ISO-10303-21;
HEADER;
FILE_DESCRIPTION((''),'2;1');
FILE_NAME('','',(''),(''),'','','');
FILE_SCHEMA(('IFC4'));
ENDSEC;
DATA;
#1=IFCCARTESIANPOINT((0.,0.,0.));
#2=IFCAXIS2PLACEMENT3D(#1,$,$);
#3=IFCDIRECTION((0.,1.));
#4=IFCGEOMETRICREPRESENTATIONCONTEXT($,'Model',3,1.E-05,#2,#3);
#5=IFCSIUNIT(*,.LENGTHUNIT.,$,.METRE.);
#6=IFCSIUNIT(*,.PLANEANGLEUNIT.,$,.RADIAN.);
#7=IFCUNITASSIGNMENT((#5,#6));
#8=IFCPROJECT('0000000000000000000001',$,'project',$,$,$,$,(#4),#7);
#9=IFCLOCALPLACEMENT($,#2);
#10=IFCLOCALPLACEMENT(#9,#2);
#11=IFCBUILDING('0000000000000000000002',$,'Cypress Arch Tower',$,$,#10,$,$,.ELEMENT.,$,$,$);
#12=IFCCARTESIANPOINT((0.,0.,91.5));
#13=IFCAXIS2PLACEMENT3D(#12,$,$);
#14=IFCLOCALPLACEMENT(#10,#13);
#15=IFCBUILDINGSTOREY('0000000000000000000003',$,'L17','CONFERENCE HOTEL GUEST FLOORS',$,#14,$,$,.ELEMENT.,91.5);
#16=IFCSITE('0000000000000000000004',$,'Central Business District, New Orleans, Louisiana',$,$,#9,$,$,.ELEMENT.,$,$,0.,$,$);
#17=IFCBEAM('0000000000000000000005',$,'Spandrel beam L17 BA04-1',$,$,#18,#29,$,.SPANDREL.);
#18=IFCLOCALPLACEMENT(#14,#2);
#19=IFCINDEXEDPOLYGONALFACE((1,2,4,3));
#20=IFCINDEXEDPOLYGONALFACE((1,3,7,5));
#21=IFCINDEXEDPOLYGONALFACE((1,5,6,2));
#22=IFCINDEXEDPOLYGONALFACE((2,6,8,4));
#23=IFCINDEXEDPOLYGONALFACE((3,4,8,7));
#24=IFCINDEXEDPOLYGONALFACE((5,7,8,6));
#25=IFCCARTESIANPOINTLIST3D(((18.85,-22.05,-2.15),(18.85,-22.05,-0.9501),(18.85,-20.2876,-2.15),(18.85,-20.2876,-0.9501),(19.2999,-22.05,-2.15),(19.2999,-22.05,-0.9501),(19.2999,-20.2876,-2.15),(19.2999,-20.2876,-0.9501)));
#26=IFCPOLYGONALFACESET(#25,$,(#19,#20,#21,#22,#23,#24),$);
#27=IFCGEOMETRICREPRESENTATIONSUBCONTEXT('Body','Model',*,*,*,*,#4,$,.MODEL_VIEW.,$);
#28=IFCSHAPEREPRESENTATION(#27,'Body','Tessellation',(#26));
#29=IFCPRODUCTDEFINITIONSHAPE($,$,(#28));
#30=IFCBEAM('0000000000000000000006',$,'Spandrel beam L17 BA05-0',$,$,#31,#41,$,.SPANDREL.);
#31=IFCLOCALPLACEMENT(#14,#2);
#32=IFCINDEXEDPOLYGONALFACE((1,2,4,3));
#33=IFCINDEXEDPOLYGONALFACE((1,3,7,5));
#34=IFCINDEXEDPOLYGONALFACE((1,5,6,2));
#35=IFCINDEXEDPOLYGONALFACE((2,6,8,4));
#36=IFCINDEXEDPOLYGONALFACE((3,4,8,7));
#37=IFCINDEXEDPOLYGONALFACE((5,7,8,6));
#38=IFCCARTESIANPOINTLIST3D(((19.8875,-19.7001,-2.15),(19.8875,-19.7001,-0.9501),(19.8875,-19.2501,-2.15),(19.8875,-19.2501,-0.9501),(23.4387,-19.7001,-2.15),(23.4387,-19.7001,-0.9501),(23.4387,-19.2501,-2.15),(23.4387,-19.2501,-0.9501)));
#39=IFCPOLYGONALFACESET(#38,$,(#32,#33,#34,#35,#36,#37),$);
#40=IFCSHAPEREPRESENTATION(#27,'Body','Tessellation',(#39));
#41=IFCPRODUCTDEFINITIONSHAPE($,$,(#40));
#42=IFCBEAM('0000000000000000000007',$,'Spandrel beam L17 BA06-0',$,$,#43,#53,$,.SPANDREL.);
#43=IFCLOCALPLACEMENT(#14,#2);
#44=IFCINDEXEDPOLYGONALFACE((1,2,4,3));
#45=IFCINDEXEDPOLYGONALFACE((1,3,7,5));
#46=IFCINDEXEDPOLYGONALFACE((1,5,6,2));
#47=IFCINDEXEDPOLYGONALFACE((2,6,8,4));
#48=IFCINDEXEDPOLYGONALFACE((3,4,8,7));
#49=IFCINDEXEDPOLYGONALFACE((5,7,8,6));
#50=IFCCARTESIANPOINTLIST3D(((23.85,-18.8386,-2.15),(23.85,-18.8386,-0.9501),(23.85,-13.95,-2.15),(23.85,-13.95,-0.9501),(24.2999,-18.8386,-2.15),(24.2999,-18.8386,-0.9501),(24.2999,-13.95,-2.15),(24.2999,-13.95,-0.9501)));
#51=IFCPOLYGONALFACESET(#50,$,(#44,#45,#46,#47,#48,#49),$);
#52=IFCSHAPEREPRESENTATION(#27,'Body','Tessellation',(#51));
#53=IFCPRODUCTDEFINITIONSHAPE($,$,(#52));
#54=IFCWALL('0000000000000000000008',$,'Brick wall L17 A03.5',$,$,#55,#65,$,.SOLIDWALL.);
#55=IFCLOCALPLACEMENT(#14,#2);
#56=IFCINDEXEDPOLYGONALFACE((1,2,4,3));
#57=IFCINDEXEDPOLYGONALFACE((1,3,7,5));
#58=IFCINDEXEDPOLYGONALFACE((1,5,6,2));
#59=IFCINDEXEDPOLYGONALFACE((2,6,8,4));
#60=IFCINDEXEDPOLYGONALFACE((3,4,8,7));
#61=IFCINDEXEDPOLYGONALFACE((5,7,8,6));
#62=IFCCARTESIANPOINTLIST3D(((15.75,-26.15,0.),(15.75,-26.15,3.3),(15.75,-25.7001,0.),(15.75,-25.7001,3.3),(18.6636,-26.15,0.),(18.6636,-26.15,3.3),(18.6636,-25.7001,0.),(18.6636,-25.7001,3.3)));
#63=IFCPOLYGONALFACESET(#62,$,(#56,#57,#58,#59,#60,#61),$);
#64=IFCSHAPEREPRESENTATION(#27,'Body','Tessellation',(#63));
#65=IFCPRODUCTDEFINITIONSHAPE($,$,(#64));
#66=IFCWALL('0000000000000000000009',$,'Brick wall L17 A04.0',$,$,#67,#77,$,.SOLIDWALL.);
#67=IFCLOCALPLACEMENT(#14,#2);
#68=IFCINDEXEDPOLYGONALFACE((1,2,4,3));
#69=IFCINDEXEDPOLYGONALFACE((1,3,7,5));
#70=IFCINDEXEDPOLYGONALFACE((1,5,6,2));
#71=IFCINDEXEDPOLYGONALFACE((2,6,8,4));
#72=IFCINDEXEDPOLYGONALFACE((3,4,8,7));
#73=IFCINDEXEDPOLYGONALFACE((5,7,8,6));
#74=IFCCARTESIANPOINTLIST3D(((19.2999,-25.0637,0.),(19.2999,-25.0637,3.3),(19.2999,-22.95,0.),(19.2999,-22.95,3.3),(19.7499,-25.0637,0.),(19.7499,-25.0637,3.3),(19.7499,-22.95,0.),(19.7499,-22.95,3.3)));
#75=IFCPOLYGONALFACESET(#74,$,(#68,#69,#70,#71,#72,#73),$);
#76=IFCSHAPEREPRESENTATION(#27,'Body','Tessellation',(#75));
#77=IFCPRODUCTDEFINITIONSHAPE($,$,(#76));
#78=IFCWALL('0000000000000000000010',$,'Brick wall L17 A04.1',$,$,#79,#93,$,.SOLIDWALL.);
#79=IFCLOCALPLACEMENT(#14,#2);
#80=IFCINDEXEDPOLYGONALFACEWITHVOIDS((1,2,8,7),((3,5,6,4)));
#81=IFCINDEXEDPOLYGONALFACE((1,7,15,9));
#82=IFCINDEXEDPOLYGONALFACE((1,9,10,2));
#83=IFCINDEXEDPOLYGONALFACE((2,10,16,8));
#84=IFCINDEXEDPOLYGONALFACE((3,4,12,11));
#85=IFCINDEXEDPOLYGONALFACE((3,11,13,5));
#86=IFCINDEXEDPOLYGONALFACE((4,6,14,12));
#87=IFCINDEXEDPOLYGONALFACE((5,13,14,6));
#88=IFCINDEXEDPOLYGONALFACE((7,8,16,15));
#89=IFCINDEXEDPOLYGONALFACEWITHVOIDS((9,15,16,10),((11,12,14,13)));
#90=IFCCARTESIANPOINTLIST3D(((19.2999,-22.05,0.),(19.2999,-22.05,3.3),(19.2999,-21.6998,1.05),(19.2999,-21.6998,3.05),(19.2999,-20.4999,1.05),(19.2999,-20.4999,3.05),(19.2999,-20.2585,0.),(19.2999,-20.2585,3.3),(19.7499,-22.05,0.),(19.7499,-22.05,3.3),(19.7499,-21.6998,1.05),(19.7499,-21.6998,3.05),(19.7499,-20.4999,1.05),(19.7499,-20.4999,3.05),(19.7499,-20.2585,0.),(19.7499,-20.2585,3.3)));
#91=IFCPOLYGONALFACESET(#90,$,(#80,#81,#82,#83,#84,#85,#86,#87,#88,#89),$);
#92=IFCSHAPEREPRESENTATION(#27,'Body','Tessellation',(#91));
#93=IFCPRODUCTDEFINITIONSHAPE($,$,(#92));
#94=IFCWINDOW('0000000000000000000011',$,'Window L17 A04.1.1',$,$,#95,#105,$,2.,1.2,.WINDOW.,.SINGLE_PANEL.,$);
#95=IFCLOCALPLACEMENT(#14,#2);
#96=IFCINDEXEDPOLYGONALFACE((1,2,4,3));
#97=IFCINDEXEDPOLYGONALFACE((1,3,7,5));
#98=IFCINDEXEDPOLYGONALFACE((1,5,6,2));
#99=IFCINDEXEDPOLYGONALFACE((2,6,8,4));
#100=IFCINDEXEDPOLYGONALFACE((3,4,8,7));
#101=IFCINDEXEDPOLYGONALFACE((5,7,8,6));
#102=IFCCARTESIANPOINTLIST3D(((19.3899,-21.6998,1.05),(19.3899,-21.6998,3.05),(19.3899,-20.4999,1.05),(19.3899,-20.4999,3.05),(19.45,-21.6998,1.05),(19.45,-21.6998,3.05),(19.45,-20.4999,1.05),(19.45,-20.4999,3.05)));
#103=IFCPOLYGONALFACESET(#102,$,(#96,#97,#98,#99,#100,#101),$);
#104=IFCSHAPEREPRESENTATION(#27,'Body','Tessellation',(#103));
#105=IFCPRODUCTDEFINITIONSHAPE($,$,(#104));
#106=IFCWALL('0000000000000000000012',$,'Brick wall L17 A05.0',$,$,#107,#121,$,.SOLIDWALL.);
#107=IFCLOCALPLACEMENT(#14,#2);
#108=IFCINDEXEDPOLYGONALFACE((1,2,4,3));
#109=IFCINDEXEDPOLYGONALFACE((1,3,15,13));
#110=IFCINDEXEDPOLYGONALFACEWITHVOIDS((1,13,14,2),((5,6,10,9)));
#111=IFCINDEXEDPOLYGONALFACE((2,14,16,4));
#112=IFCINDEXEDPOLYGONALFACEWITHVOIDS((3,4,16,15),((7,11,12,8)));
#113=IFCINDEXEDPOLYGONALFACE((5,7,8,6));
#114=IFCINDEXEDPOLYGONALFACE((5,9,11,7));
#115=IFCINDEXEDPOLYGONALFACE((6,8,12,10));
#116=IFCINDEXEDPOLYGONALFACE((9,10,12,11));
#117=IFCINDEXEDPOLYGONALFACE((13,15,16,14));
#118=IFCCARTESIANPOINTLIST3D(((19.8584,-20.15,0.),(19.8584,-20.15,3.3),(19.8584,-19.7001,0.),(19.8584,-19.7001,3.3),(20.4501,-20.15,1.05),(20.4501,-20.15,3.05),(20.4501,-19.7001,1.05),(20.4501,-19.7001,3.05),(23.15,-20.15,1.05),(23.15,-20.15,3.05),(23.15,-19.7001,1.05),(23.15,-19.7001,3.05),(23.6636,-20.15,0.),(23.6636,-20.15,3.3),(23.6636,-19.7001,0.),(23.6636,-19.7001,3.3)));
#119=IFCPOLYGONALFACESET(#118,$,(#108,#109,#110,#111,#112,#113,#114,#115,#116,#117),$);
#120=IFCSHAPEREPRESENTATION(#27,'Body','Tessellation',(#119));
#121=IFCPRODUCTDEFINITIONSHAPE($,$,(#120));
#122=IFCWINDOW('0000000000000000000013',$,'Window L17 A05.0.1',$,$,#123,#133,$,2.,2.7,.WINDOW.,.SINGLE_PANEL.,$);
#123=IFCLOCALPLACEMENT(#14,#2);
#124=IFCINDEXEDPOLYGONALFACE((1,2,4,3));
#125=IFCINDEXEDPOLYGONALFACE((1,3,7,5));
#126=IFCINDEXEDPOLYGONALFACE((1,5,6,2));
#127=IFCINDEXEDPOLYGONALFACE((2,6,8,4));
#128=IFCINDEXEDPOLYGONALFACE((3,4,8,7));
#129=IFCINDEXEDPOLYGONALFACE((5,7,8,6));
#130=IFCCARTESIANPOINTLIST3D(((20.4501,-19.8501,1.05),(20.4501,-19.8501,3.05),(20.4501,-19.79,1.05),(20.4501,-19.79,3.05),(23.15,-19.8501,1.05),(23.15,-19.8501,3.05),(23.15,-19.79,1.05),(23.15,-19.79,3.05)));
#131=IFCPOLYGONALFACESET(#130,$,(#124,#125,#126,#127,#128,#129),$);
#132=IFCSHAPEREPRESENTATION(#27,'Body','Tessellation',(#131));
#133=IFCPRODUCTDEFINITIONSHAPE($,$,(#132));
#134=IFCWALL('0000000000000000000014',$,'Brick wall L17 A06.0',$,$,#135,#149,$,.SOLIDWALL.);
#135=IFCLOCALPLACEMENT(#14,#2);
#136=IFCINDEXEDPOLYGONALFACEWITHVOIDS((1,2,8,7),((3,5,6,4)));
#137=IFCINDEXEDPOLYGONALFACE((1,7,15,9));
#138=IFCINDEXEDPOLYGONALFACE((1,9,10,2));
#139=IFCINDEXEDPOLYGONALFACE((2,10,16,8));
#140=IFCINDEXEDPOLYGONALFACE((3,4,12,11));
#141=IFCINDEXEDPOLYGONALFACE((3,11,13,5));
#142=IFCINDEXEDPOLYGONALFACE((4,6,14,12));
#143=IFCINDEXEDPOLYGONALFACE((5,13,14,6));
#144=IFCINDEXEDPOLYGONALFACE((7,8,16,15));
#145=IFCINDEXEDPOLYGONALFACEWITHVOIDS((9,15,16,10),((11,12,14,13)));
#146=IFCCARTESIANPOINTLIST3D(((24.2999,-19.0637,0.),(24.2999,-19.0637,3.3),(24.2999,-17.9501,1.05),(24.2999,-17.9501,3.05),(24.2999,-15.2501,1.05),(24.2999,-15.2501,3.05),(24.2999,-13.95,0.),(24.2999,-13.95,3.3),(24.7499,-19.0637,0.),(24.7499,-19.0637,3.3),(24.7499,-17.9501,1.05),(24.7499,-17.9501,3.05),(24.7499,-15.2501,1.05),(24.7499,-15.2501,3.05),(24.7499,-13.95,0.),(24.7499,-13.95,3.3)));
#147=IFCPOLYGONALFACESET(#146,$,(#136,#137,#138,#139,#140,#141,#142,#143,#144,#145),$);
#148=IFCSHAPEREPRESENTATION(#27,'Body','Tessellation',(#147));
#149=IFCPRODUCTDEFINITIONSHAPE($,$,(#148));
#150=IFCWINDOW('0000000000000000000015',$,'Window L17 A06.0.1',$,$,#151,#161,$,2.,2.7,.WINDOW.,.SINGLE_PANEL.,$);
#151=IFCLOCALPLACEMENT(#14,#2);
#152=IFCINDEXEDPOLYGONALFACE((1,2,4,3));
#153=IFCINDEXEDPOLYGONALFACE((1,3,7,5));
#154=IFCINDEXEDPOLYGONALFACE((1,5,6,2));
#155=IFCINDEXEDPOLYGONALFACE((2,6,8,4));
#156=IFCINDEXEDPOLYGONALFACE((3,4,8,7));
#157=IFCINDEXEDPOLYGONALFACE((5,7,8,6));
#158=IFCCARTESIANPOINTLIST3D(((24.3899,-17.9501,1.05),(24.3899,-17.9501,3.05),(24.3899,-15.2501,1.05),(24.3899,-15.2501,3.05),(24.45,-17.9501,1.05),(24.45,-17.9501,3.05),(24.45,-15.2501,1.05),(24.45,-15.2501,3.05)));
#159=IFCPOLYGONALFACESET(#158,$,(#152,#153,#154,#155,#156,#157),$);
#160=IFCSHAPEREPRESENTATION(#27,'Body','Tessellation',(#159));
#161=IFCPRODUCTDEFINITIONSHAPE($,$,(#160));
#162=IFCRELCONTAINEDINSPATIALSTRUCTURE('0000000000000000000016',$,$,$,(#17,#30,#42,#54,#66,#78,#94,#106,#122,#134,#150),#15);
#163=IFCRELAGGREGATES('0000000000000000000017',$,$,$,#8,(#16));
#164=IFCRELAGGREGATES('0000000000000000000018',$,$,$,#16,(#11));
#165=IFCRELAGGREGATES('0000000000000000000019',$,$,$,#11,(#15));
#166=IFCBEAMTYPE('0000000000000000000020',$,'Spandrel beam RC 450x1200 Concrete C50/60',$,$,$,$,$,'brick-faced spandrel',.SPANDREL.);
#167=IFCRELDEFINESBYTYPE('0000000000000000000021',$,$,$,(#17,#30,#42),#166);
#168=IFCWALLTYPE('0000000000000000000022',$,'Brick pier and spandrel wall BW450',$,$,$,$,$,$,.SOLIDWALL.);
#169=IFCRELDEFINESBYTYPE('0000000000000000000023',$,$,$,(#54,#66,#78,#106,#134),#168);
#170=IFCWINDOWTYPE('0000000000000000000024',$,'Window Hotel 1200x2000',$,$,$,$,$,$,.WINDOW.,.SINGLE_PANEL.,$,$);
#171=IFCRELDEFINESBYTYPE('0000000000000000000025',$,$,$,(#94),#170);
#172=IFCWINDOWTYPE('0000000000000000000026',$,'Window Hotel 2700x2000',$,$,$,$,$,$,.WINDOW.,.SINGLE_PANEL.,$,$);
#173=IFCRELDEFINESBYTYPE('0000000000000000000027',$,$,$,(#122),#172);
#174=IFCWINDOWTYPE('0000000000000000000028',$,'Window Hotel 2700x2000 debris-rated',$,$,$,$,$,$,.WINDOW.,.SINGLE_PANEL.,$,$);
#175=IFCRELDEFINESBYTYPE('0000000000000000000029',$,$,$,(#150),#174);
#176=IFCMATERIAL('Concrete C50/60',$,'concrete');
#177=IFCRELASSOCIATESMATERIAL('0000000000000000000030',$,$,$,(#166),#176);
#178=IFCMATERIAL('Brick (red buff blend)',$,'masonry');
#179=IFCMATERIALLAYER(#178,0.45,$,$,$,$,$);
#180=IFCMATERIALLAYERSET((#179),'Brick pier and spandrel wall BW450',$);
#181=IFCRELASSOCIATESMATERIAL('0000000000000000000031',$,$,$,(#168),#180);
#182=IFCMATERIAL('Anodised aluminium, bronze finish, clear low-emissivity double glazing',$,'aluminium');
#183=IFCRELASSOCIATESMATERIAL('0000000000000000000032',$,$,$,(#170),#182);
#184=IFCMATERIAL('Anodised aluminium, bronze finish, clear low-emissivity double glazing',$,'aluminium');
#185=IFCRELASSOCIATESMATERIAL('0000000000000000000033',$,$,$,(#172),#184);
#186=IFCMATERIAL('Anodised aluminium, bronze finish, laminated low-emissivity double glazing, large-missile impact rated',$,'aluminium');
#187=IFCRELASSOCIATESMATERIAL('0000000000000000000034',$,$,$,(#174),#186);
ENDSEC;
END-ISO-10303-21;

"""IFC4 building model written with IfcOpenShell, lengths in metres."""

from ifc_helpers import new_model, si_unit, direction, frame, frame_2d, origin, origin_2d, place, context, subcontext, project, spatial, rectangle, extrude, material, layer, layer_set, material_profile, profile_set, type_object, element, fill, save


model = new_model("IFC4")

# Units and contexts
model_context = context("Model", 3, precision=1e-05, world=origin(), true_north=direction((0.0, 1.0)))
body_context = subcontext(model_context, "Body", "Model", "MODEL_VIEW")
ifc_project = project(units=[si_unit("LENGTHUNIT", "METRE"), si_unit("PLANEANGLEUNIT", "RADIAN")], contexts=[model_context])

# Site, building, storey
site_placement = place(None, origin())
site = spatial("IfcSite", under=ifc_project, at=site_placement, Name="Central Business District, New Orleans, Louisiana", CompositionType="ELEMENT", RefElevation=0.0)
building_placement = place(site_placement, origin())
building = spatial("IfcBuilding", under=site, at=building_placement, Name="Cypress Arch Tower", CompositionType="ELEMENT")
storey_placement = place(building_placement, frame((0.0, 0.0, 91.5)))
storey = spatial("IfcBuildingStorey", under=building, at=storey_placement, Name="L17", Description="CONFERENCE HOTEL GUEST FLOORS", CompositionType="ELEMENT", Elevation=91.5)

# Beams
ifc_material_1 = material(Name="Concrete C50/60", Category="concrete")
ifc_material_profile_1 = material_profile(ifc_material_1, rectangle(XDim=0.45, YDim=1.2, at=origin_2d()), Name="RC 450x1200")
ifc_profile_set_1 = profile_set([ifc_material_profile_1], Name="Concrete C50/60")
beam_type_1 = type_object("IfcBeamType", Name="Spandrel beam RC 450x1200 Concrete C50/60", ElementType="brick-faced spandrel", PredefinedType="SPANDREL", material=ifc_profile_set_1)
beam_1_placement = place(storey_placement, frame((19.075, -22.05, -1.55), z_axis=(0.0, 1.0, 0.0), x_axis=(-1.0, 0.0, 0.0)))
element("IfcBeam", 1, at=beam_1_placement, inside=storey, type_object=beam_type_1, Name="Spandrel beam L17 BA04-1", PredefinedType="SPANDREL", context=body_context, shape_type="SweptSolid", body=[
    extrude(rectangle(XDim=0.45, YDim=1.2, at=origin_2d()), origin(), (0.0, 0.0, 1.0), 1.7625),
])
beam_2_placement = place(storey_placement, frame((19.8875, -19.4751, -1.55), z_axis=(1.0, 0.0, 0.0), x_axis=(0.0, 1.0, 0.0)))
element("IfcBeam", 2, at=beam_2_placement, inside=storey, type_object=beam_type_1, Name="Spandrel beam L17 BA05-0", PredefinedType="SPANDREL", context=body_context, shape_type="SweptSolid", body=[
    extrude(rectangle(XDim=0.45, YDim=1.2, at=origin_2d()), origin(), (0.0, 0.0, 1.0), 3.5513),
])
beam_3_placement = place(storey_placement, frame((24.075, -18.8386, -1.55), z_axis=(0.0, 1.0, 0.0), x_axis=(-1.0, 0.0, 0.0)))
element("IfcBeam", 3, at=beam_3_placement, inside=storey, type_object=beam_type_1, Name="Spandrel beam L17 BA06-0", PredefinedType="SPANDREL", context=body_context, shape_type="SweptSolid", body=[
    extrude(rectangle(XDim=0.45, YDim=1.2, at=origin_2d()), origin(), (0.0, 0.0, 1.0), 4.8887),
])

# Walls
ifc_material_2 = material(Name="Brick (red buff blend)", Category="masonry")
ifc_layer_1 = layer(ifc_material_2, 0.45)
ifc_layer_set_1 = layer_set([ifc_layer_1], Name="Brick pier and spandrel wall BW450")
wall_type_1 = type_object("IfcWallType", Name="Brick pier and spandrel wall BW450", PredefinedType="SOLIDWALL", material=ifc_layer_set_1)
wall_1_placement = place(storey_placement, frame((15.75, -25.925, 0.0), z_axis=(0.0, 0.0, 1.0), x_axis=(1.0, 0.0, 0.0)))
element("IfcWall", 4, at=wall_1_placement, inside=storey, type_object=wall_type_1, Name="Brick wall L17 A03.5", PredefinedType="SOLIDWALL", context=body_context, shape_type="SweptSolid", body=[
    extrude(rectangle(XDim=2.9136, YDim=0.45, at=frame_2d((1.4568, 0.0))), origin(), (0.0, 0.0, 1.0), 3.3),
])
wall_2_placement = place(storey_placement, frame((19.5249, -25.0637, 0.0), z_axis=(0.0, 0.0, 1.0), x_axis=(0.0, 1.0, 0.0)))
element("IfcWall", 5, at=wall_2_placement, inside=storey, type_object=wall_type_1, Name="Brick wall L17 A04.0", PredefinedType="SOLIDWALL", context=body_context, shape_type="SweptSolid", body=[
    extrude(rectangle(XDim=2.1138, YDim=0.45, at=frame_2d((1.0569, 0.0))), origin(), (0.0, 0.0, 1.0), 3.3),
])

# Walls, openings, windows
wall_3_placement = place(storey_placement, frame((19.5249, -22.05, 0.0), z_axis=(0.0, 0.0, 1.0), x_axis=(0.0, 1.0, 0.0)))
wall_3 = element("IfcWall", 6, at=wall_3_placement, inside=storey, type_object=wall_type_1, Name="Brick wall L17 A04.1", PredefinedType="SOLIDWALL", context=body_context, shape_type="SweptSolid", body=[
    extrude(rectangle(XDim=1.7915, YDim=0.45, at=frame_2d((0.8958, 0.0))), origin(), (0.0, 0.0, 1.0), 3.3),
])
opening_1_placement = place(wall_3_placement, frame((0.3501, 0.0, 1.05)))
opening_1 = element("IfcOpeningElement", 7, at=opening_1_placement, cuts=wall_3, PredefinedType="OPENING", context=body_context, shape_type="SweptSolid", body=[
    extrude(rectangle(XDim=1.2, YDim=2.0, at=frame_2d((0.6001, 1.0))), frame((0.0, 0.2349, 0.0), z_axis=(0.0, -1.0, 0.0), x_axis=(1.0, 0.0, 0.0)), (0.0, 0.0, 1.0), 0.47),
])
ifc_material_3 = material(Name="Anodised aluminium, bronze finish, clear low-emissivity double glazing", Category="aluminium")
window_type_1 = type_object("IfcWindowType", Name="Window Hotel 1200x2000", PartitioningType="SINGLE_PANEL", PredefinedType="WINDOW", material=ifc_material_3)
window_1_placement = place(opening_1_placement, origin())
window_1 = element("IfcWindow", 8, at=window_1_placement, inside=storey, type_object=window_type_1, Name="Window L17 A04.1.1", OverallHeight=2.0, OverallWidth=1.2, PartitioningType="SINGLE_PANEL", PredefinedType="WINDOW", context=body_context, shape_type="SweptSolid", body=[
    extrude(rectangle(XDim=1.2, YDim=2.0, at=frame_2d((0.6001, 1.0))), frame((0.0, 0.135, 0.0), z_axis=(0.0, -1.0, 0.0), x_axis=(1.0, 0.0, 0.0)), (0.0, 0.0, 1.0), 0.0601),
])
fill(opening_1, window_1)
wall_4_placement = place(storey_placement, frame((19.8584, -19.925, 0.0), z_axis=(0.0, 0.0, 1.0), x_axis=(1.0, 0.0, 0.0)))
wall_4 = element("IfcWall", 9, at=wall_4_placement, inside=storey, type_object=wall_type_1, Name="Brick wall L17 A05.0", PredefinedType="SOLIDWALL", context=body_context, shape_type="SweptSolid", body=[
    extrude(rectangle(XDim=3.8052, YDim=0.45, at=frame_2d((1.9026, 0.0))), origin(), (0.0, 0.0, 1.0), 3.3),
])
opening_2_placement = place(wall_4_placement, frame((0.5916, 0.0, 1.05)))
opening_2 = element("IfcOpeningElement", 10, at=opening_2_placement, cuts=wall_4, PredefinedType="OPENING", context=body_context, shape_type="SweptSolid", body=[
    extrude(rectangle(XDim=2.7, YDim=2.0, at=frame_2d((1.3501, 1.0))), frame((0.0, 0.2349, 0.0), z_axis=(0.0, -1.0, 0.0), x_axis=(1.0, 0.0, 0.0)), (0.0, 0.0, 1.0), 0.47),
])
ifc_material_4 = material(Name="Anodised aluminium, bronze finish, clear low-emissivity double glazing", Category="aluminium")
window_type_2 = type_object("IfcWindowType", Name="Window Hotel 2700x2000", PartitioningType="SINGLE_PANEL", PredefinedType="WINDOW", material=ifc_material_4)
window_2_placement = place(opening_2_placement, origin())
window_2 = element("IfcWindow", 11, at=window_2_placement, inside=storey, type_object=window_type_2, Name="Window L17 A05.0.1", OverallHeight=2.0, OverallWidth=2.7, PartitioningType="SINGLE_PANEL", PredefinedType="WINDOW", context=body_context, shape_type="SweptSolid", body=[
    extrude(rectangle(XDim=2.7, YDim=2.0, at=frame_2d((1.3501, 1.0))), frame((0.0, 0.135, 0.0), z_axis=(0.0, -1.0, 0.0), x_axis=(1.0, 0.0, 0.0)), (0.0, 0.0, 1.0), 0.0601),
])
fill(opening_2, window_2)
wall_5_placement = place(storey_placement, frame((24.5249, -19.0637, 0.0), z_axis=(0.0, 0.0, 1.0), x_axis=(0.0, 1.0, 0.0)))
wall_5 = element("IfcWall", 12, at=wall_5_placement, inside=storey, type_object=wall_type_1, Name="Brick wall L17 A06.0", PredefinedType="SOLIDWALL", context=body_context, shape_type="SweptSolid", body=[
    extrude(rectangle(XDim=5.1138, YDim=0.45, at=frame_2d((2.5569, 0.0))), origin(), (0.0, 0.0, 1.0), 3.3),
])
opening_3_placement = place(wall_5_placement, frame((1.1135, 0.0, 1.05)))
opening_3 = element("IfcOpeningElement", 13, at=opening_3_placement, cuts=wall_5, PredefinedType="OPENING", context=body_context, shape_type="SweptSolid", body=[
    extrude(rectangle(XDim=2.7, YDim=2.0, at=frame_2d((1.3501, 1.0))), frame((0.0, 0.2349, 0.0), z_axis=(0.0, -1.0, 0.0), x_axis=(1.0, 0.0, 0.0)), (0.0, 0.0, 1.0), 0.47),
])
ifc_material_5 = material(Name="Anodised aluminium, bronze finish, laminated low-emissivity double glazing, large-missile impact rated", Category="aluminium")
window_type_3 = type_object("IfcWindowType", Name="Window Hotel 2700x2000 debris-rated", PartitioningType="SINGLE_PANEL", PredefinedType="WINDOW", material=ifc_material_5)
window_3_placement = place(opening_3_placement, origin())
window_3 = element("IfcWindow", 14, at=window_3_placement, inside=storey, type_object=window_type_3, Name="Window L17 A06.0.1", OverallHeight=2.0, OverallWidth=2.7, PartitioningType="SINGLE_PANEL", PredefinedType="WINDOW", context=body_context, shape_type="SweptSolid", body=[
    extrude(rectangle(XDim=2.7, YDim=2.0, at=frame_2d((1.3501, 1.0))), frame((0.0, 0.135, 0.0), z_axis=(0.0, -1.0, 0.0), x_axis=(1.0, 0.0, 0.0)), (0.0, 0.0, 1.0), 0.0601),
])
fill(opening_3, window_3)

save(model, "model.ifc")
